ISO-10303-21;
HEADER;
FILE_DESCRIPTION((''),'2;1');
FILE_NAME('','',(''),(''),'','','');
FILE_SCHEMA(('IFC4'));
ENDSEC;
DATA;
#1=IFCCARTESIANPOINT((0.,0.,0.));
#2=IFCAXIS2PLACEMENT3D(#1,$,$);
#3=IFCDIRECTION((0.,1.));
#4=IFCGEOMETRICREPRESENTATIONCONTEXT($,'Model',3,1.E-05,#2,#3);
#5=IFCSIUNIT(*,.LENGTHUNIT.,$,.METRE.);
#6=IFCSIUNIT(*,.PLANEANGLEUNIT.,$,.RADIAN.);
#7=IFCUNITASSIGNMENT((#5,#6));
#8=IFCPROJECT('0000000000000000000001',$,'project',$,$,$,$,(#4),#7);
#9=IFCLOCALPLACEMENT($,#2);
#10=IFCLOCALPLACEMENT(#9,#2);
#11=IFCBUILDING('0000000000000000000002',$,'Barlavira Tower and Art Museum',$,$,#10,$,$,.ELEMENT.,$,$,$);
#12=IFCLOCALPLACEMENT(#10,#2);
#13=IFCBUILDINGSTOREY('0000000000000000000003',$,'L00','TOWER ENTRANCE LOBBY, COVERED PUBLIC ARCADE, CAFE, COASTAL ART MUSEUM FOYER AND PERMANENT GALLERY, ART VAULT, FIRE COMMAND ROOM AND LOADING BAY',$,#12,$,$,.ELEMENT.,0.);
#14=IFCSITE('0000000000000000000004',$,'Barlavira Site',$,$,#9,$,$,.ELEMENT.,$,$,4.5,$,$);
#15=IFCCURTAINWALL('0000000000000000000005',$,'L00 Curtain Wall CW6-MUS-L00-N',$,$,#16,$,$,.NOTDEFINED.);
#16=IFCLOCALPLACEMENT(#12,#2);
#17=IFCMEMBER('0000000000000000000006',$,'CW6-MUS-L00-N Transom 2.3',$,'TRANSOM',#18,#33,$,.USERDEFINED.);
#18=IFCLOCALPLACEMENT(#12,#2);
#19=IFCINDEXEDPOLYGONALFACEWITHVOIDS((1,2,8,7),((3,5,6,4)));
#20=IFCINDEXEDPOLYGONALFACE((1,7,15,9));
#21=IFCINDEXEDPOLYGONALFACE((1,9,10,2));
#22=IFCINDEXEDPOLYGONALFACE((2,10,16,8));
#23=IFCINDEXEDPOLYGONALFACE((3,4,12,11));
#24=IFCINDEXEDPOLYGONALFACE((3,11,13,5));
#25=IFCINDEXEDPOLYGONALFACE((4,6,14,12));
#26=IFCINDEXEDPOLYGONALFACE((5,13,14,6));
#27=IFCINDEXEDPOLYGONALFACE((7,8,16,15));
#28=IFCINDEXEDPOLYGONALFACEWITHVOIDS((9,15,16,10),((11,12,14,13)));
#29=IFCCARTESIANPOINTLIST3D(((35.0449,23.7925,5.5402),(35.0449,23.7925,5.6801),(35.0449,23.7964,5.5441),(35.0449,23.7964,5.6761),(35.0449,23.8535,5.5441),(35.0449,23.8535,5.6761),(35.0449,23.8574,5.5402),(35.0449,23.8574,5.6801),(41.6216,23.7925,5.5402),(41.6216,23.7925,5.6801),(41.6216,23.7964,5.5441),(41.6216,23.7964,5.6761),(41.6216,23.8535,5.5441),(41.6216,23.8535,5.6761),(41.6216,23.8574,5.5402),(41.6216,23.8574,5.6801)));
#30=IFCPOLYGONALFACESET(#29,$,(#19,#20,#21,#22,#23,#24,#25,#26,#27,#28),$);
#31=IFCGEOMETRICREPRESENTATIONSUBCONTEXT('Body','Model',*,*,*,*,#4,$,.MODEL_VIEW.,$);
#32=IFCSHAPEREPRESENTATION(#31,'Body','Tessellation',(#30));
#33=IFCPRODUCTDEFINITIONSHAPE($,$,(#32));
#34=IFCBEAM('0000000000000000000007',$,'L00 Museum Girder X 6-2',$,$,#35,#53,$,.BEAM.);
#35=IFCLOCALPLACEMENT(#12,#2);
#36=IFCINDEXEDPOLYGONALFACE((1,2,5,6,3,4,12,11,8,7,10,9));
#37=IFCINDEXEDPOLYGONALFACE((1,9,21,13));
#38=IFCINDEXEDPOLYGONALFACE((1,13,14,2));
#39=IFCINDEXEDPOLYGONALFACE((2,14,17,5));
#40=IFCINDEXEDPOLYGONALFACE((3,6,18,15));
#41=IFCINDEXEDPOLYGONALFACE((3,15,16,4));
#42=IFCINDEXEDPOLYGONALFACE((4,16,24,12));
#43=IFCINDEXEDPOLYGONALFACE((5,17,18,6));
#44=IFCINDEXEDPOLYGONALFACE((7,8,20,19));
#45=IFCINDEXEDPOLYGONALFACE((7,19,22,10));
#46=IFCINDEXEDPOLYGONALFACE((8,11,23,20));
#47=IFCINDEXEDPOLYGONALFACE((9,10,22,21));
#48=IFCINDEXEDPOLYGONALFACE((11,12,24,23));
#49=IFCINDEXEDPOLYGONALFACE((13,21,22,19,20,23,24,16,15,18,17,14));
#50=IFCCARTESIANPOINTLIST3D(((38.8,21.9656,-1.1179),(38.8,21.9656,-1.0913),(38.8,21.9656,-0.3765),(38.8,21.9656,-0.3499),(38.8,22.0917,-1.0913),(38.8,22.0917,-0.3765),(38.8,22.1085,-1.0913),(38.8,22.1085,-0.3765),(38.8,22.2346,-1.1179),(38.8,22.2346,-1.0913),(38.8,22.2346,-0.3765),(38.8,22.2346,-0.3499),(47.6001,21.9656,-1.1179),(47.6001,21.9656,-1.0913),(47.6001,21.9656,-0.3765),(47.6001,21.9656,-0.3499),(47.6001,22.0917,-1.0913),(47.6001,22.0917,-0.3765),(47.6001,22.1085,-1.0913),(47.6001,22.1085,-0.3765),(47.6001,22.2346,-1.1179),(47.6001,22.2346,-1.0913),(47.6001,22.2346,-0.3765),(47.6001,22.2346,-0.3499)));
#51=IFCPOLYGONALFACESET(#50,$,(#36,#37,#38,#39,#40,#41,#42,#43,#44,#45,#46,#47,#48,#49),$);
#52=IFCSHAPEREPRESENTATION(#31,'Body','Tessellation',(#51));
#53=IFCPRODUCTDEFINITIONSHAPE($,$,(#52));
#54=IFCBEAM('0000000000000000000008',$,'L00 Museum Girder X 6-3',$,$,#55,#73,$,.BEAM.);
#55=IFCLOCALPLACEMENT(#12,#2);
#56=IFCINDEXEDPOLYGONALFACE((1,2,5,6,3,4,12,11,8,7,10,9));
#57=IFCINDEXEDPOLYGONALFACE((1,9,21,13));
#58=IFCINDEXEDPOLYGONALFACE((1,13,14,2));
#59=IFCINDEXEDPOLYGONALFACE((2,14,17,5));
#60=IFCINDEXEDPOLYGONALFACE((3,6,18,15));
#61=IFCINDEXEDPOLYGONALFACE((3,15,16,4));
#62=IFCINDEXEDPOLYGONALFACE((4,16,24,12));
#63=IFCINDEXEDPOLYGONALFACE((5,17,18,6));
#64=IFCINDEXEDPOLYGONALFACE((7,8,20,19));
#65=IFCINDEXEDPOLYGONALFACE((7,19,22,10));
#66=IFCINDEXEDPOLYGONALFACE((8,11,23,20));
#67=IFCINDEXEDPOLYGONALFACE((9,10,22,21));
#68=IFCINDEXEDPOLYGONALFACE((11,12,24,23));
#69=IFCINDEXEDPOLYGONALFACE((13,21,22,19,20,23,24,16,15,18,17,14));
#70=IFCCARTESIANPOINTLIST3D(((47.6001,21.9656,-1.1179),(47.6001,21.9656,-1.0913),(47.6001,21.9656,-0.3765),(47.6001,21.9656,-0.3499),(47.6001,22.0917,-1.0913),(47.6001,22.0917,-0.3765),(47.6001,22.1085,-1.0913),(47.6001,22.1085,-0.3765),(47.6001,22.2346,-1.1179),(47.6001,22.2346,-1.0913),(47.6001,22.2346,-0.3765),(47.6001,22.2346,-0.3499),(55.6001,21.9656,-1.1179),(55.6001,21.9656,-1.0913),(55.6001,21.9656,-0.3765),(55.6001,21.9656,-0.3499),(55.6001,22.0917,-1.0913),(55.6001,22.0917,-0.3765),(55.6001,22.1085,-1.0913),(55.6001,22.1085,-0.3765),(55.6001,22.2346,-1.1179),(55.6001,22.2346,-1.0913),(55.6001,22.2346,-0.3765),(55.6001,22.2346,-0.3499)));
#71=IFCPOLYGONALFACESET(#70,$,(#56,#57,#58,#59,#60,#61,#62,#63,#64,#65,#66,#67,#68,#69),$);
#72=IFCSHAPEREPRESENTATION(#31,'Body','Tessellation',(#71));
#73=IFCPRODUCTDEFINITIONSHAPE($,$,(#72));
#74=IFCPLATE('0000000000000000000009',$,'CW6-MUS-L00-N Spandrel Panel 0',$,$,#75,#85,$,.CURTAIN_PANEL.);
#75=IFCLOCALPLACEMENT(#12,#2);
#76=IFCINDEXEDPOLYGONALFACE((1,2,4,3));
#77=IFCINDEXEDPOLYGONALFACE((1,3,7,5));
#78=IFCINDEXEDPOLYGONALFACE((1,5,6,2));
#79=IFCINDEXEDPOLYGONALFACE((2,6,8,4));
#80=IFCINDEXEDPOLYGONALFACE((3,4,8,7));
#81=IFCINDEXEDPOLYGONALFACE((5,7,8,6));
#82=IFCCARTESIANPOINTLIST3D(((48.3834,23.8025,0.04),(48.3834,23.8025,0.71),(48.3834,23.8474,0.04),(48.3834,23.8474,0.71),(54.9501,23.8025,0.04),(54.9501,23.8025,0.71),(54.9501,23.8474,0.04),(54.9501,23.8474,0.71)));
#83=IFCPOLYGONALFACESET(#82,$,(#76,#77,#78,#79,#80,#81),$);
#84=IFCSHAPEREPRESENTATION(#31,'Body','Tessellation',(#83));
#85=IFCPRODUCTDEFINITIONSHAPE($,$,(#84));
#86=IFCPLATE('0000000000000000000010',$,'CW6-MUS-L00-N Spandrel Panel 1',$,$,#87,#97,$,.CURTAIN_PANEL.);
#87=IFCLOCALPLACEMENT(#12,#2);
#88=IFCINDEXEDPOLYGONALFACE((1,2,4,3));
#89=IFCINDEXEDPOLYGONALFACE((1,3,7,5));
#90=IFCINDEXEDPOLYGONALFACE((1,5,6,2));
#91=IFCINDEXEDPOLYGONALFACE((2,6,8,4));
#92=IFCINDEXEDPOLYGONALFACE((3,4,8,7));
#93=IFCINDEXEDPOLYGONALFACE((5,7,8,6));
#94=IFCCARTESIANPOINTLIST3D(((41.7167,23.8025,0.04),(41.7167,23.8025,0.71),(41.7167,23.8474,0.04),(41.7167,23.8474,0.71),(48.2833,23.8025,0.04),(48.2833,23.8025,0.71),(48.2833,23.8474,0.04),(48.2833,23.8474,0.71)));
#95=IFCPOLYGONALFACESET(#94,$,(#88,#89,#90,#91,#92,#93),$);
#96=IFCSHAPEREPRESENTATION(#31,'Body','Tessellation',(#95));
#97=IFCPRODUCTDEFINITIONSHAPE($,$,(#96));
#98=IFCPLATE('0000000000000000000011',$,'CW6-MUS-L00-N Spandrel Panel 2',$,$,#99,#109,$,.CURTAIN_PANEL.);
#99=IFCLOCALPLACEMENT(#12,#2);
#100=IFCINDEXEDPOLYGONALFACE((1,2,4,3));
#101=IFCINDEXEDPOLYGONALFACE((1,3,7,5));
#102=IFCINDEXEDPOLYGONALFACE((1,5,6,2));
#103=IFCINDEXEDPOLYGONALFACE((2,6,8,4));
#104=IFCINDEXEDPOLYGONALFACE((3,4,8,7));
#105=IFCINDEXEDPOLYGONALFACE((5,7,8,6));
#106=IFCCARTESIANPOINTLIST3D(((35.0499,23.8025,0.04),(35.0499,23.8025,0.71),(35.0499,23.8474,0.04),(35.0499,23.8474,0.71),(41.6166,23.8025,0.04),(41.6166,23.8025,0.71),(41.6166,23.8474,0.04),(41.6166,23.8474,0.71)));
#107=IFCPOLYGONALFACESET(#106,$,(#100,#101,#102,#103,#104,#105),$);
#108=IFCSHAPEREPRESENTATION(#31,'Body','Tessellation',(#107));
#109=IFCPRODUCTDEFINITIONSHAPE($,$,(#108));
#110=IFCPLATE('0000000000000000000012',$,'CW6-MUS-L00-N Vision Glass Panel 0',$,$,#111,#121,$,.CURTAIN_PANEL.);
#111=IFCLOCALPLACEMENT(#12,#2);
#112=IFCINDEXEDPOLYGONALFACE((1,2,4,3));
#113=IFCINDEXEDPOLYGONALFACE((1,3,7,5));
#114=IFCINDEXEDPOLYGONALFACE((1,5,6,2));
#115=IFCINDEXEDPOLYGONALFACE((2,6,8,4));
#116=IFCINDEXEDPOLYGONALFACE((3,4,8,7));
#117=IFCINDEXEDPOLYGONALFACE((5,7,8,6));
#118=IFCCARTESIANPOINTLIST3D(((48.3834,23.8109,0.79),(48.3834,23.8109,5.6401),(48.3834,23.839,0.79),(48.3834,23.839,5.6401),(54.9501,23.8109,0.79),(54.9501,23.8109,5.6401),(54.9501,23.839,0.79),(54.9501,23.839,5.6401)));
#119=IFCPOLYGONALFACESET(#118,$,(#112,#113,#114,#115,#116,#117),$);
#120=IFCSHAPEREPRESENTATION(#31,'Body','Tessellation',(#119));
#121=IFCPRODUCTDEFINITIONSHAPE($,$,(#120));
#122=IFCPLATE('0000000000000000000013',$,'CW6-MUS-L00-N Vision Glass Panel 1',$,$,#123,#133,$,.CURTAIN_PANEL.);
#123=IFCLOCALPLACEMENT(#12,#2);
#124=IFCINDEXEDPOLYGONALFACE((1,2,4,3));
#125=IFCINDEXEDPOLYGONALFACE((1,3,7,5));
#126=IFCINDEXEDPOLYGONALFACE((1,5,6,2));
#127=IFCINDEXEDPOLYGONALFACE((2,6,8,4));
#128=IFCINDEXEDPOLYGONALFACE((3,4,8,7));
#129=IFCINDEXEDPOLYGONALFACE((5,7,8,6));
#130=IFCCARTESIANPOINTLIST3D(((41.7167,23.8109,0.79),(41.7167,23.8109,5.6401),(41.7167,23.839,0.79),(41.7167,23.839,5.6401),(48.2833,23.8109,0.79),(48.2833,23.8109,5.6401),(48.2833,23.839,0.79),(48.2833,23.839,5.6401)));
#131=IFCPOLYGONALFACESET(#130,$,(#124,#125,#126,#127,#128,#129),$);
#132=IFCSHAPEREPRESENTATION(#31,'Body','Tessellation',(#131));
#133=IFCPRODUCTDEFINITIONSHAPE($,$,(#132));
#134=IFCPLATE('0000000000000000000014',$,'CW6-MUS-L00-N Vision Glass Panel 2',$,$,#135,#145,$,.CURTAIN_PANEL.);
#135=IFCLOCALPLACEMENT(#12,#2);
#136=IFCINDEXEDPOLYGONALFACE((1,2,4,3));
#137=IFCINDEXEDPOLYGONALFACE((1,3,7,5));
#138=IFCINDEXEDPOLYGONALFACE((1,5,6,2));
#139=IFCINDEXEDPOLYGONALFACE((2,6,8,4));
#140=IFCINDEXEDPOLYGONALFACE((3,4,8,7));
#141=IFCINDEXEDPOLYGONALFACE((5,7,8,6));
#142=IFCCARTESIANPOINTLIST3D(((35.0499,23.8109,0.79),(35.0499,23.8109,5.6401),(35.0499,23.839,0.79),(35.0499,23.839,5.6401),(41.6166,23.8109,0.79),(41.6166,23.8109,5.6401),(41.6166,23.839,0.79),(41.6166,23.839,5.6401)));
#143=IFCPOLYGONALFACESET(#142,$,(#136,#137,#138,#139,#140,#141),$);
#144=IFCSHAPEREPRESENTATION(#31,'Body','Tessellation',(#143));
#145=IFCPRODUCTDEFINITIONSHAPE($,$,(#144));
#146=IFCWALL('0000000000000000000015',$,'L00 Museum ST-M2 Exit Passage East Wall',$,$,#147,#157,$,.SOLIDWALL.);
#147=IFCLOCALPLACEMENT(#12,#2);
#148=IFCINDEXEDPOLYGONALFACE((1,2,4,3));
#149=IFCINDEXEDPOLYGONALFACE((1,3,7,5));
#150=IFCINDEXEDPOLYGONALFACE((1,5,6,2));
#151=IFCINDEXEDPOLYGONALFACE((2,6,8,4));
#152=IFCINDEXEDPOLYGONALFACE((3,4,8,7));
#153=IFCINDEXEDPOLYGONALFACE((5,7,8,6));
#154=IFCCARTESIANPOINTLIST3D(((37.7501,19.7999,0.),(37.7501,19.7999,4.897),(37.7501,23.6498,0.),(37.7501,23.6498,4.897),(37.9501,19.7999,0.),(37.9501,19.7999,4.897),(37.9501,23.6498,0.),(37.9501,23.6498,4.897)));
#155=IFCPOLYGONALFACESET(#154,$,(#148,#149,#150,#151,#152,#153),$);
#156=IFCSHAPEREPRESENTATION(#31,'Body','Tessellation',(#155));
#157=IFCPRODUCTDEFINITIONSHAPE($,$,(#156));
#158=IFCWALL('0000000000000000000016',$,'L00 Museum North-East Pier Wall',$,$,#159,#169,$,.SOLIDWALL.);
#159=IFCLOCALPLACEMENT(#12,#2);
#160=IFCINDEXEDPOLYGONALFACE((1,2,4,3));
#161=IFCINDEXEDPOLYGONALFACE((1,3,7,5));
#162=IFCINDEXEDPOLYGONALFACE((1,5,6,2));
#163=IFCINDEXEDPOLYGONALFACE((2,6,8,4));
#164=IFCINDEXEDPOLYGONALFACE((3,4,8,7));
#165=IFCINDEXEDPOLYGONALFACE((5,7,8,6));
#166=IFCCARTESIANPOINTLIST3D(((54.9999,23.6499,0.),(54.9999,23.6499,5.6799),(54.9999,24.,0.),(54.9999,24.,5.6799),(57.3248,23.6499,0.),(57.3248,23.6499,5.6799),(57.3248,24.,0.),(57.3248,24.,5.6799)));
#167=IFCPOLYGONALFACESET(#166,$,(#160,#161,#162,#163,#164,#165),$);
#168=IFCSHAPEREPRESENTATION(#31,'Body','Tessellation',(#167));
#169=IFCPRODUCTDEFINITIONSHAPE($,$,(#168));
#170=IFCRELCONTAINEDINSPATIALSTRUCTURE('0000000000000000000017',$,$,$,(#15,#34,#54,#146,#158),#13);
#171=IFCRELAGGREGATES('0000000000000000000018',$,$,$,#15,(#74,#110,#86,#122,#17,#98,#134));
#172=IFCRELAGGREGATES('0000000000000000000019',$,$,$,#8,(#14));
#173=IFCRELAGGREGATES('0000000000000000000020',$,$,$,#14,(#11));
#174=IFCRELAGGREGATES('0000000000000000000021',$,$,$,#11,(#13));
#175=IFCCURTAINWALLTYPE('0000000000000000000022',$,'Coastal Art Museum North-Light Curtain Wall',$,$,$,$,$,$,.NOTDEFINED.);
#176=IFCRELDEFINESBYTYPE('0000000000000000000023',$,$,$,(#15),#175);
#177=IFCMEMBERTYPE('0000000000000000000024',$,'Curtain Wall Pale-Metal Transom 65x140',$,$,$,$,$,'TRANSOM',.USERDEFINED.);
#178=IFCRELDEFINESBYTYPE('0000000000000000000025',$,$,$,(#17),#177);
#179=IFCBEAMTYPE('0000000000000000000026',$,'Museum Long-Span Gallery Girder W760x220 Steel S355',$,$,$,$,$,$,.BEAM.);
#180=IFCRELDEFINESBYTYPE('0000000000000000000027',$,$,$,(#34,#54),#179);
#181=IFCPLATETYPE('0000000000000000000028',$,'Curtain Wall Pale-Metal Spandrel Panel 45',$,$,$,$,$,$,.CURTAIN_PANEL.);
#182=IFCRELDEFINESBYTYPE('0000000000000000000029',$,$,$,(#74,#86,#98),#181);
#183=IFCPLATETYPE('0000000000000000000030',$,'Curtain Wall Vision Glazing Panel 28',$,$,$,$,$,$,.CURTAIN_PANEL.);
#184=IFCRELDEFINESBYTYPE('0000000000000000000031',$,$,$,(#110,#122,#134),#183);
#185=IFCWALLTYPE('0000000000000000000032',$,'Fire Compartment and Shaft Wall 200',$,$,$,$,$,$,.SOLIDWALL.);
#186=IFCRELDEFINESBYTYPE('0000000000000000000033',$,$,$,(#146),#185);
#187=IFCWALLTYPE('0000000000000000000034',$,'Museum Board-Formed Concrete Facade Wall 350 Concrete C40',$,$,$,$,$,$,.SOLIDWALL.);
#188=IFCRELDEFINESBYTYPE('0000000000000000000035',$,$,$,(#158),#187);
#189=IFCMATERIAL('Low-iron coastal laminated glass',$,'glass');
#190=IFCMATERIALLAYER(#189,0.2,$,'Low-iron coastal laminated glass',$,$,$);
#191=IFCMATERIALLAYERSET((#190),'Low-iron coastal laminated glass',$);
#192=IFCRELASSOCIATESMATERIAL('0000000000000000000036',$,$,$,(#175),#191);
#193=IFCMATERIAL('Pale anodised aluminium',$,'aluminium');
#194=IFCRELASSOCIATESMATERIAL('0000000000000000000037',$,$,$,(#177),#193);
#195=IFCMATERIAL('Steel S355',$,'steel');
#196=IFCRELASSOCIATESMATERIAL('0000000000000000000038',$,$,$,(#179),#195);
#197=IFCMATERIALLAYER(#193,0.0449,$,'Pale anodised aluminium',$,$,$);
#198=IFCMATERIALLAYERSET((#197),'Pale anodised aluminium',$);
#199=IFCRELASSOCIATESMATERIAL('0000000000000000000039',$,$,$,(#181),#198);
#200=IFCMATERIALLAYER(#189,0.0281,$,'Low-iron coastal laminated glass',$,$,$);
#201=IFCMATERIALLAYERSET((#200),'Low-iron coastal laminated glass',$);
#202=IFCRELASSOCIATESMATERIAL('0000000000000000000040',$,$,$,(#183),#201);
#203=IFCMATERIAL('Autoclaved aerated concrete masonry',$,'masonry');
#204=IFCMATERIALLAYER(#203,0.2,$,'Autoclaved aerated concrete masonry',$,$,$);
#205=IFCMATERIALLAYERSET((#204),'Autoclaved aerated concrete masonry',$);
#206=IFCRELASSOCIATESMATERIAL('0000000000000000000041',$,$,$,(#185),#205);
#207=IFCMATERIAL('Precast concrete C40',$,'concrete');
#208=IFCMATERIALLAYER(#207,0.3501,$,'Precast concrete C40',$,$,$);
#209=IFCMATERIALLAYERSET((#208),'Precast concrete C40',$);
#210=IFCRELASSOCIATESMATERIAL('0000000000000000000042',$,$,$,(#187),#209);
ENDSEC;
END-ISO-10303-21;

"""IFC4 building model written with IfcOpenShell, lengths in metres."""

from ifc_helpers import new_model, si_unit, direction, frame, frame_2d, origin, origin_2d, place, context, subcontext, project, spatial, rectangle, hollow_rectangle, i_section, extrude, material, layer, layer_set, material_profile, profile_set, type_object, element, aggregate, save


model = new_model("IFC4")

# Units and contexts
model_context = context("Model", 3, precision=1e-05, world=origin(), true_north=direction((0.0, 1.0)))
body_context = subcontext(model_context, "Body", "Model", "MODEL_VIEW")
ifc_project = project(units=[si_unit("LENGTHUNIT", "METRE"), si_unit("PLANEANGLEUNIT", "RADIAN")], contexts=[model_context])

# Site, building, storey
site_placement = place(None, origin())
site = spatial("IfcSite", under=ifc_project, at=site_placement, Name="Barlavira Site", CompositionType="ELEMENT", RefElevation=4.5)
building_placement = place(site_placement, origin())
building = spatial("IfcBuilding", under=site, at=building_placement, Name="Barlavira Tower and Art Museum", CompositionType="ELEMENT")
storey_placement = place(building_placement, origin())
storey = spatial("IfcBuildingStorey", under=building, at=storey_placement, Name="L00", Description="TOWER ENTRANCE LOBBY, COVERED PUBLIC ARCADE, CAFE, COASTAL ART MUSEUM FOYER AND PERMANENT GALLERY, ART VAULT, FIRE COMMAND ROOM AND LOADING BAY", CompositionType="ELEMENT", Elevation=0.0)

# Shared definitions
ifc_material_1 = material(Name="Steel S355", Category="steel")

# Curtain wall, member
ifc_material_2 = material(Name="Low-iron coastal laminated glass", Category="glass")
ifc_layer_1 = layer(ifc_material_2, 0.2, Name="Low-iron coastal laminated glass")
ifc_layer_set_1 = layer_set([ifc_layer_1], Name="Low-iron coastal laminated glass")
curtain_wall_type = type_object("IfcCurtainWallType", Name="Coastal Art Museum North-Light Curtain Wall", PredefinedType="NOTDEFINED", material=ifc_layer_set_1)
curtain_wall_placement = place(storey_placement, origin())
curtain_wall = element("IfcCurtainWall", 1, at=curtain_wall_placement, inside=storey, type_object=curtain_wall_type, Name="L00 Curtain Wall CW6-MUS-L00-N", PredefinedType="NOTDEFINED")
ifc_material_3 = material(Name="Pale anodised aluminium", Category="aluminium")
ifc_material_profile_1 = material_profile(ifc_material_3, hollow_rectangle(XDim=0.0649, YDim=0.1399, WallThickness=0.0039, at=origin_2d()), Name="ALU-TRAN 65x140x4")
ifc_profile_set_1 = profile_set([ifc_material_profile_1], Name="Pale anodised aluminium")
member_type_1 = type_object("IfcMemberType", Name="Curtain Wall Pale-Metal Transom 65x140", ElementType="TRANSOM", PredefinedType="USERDEFINED", material=ifc_profile_set_1)
member_1_placement = place(storey_placement, frame((41.6216, 23.825, 5.6101), z_axis=(-1.0, 0.0, 0.0), x_axis=(0.0, -1.0, 0.0)))
member_1 = element("IfcMember", 2, at=member_1_placement, type_object=member_type_1, Name="CW6-MUS-L00-N Transom 2.3", ObjectType="TRANSOM", PredefinedType="USERDEFINED", context=body_context, shape_type="SweptSolid", body=[
    extrude(hollow_rectangle(XDim=0.0649, YDim=0.1399, WallThickness=0.0039, at=origin_2d()), origin(), (0.0, 0.0, 1.0), 6.5767),
])

# Beams
ifc_material_profile_2 = material_profile(ifc_material_1, i_section(OverallWidth=0.269, OverallDepth=0.7681, WebThickness=0.0168, FlangeThickness=0.0266, at=origin_2d()), Name="W760x220.0")
ifc_profile_set_2 = profile_set([ifc_material_profile_2], Name="Steel S355")
beam_type_1 = type_object("IfcBeamType", Name="Museum Long-Span Gallery Girder W760x220 Steel S355", PredefinedType="BEAM", material=ifc_profile_set_2)
beam_1_placement = place(storey_placement, frame((38.8, 22.1001, -0.7339), z_axis=(1.0, 0.0, 0.0), x_axis=(0.0, 1.0, 0.0)))
element("IfcBeam", 3, at=beam_1_placement, inside=storey, type_object=beam_type_1, Name="L00 Museum Girder X 6-2", PredefinedType="BEAM", context=body_context, shape_type="SweptSolid", body=[
    extrude(i_section(OverallWidth=0.269, OverallDepth=0.7681, WebThickness=0.0168, FlangeThickness=0.0266, at=origin_2d()), origin(), (0.0, 0.0, 1.0), 8.8),
])
beam_2_placement = place(storey_placement, frame((47.6001, 22.1001, -0.7339), z_axis=(1.0, 0.0, 0.0), x_axis=(0.0, 1.0, 0.0)))
element("IfcBeam", 4, at=beam_2_placement, inside=storey, type_object=beam_type_1, Name="L00 Museum Girder X 6-3", PredefinedType="BEAM", context=body_context, shape_type="SweptSolid", body=[
    extrude(i_section(OverallWidth=0.269, OverallDepth=0.7681, WebThickness=0.0168, FlangeThickness=0.0266, at=origin_2d()), origin(), (0.0, 0.0, 1.0), 8.0),
])

# Plates
ifc_layer_2 = layer(ifc_material_3, 0.0449, Name="Pale anodised aluminium")
ifc_layer_set_2 = layer_set([ifc_layer_2], Name="Pale anodised aluminium")
plate_type_1 = type_object("IfcPlateType", Name="Curtain Wall Pale-Metal Spandrel Panel 45", PredefinedType="CURTAIN_PANEL", material=ifc_layer_set_2)
plate_1_placement = place(storey_placement, frame((51.6667, 23.825, 0.04), z_axis=(0.0, 0.0, 1.0), x_axis=(-1.0, 0.0, 0.0)))
plate_1 = element("IfcPlate", 5, at=plate_1_placement, type_object=plate_type_1, Name="CW6-MUS-L00-N Spandrel Panel 0", PredefinedType="CURTAIN_PANEL", context=body_context, shape_type="SweptSolid", body=[
    extrude(rectangle(XDim=6.5667, YDim=0.0449, at=origin_2d()), origin(), (0.0, 0.0, 1.0), 0.6699),
])
plate_2_placement = place(storey_placement, frame((45.0, 23.825, 0.04), z_axis=(0.0, 0.0, 1.0), x_axis=(-1.0, 0.0, 0.0)))
plate_2 = element("IfcPlate", 6, at=plate_2_placement, type_object=plate_type_1, Name="CW6-MUS-L00-N Spandrel Panel 1", PredefinedType="CURTAIN_PANEL", context=body_context, shape_type="SweptSolid", body=[
    extrude(rectangle(XDim=6.5667, YDim=0.0449, at=origin_2d()), origin(), (0.0, 0.0, 1.0), 0.6699),
])
plate_3_placement = place(storey_placement, frame((38.3333, 23.825, 0.04), z_axis=(0.0, 0.0, 1.0), x_axis=(-1.0, 0.0, 0.0)))
plate_3 = element("IfcPlate", 7, at=plate_3_placement, type_object=plate_type_1, Name="CW6-MUS-L00-N Spandrel Panel 2", PredefinedType="CURTAIN_PANEL", context=body_context, shape_type="SweptSolid", body=[
    extrude(rectangle(XDim=6.5667, YDim=0.0449, at=origin_2d()), origin(), (0.0, 0.0, 1.0), 0.6699),
])
ifc_layer_3 = layer(ifc_material_2, 0.0281, Name="Low-iron coastal laminated glass")
ifc_layer_set_3 = layer_set([ifc_layer_3], Name="Low-iron coastal laminated glass")
plate_type_2 = type_object("IfcPlateType", Name="Curtain Wall Vision Glazing Panel 28", PredefinedType="CURTAIN_PANEL", material=ifc_layer_set_3)
plate_4_placement = place(storey_placement, frame((51.6667, 23.825, 0.79), z_axis=(0.0, 0.0, 1.0), x_axis=(-1.0, 0.0, 0.0)))
plate_4 = element("IfcPlate", 8, at=plate_4_placement, type_object=plate_type_2, Name="CW6-MUS-L00-N Vision Glass Panel 0", PredefinedType="CURTAIN_PANEL", context=body_context, shape_type="SweptSolid", body=[
    extrude(rectangle(XDim=6.5667, YDim=0.0281, at=origin_2d()), origin(), (0.0, 0.0, 1.0), 4.8501),
])
plate_5_placement = place(storey_placement, frame((45.0, 23.825, 0.79), z_axis=(0.0, 0.0, 1.0), x_axis=(-1.0, 0.0, 0.0)))
plate_5 = element("IfcPlate", 9, at=plate_5_placement, type_object=plate_type_2, Name="CW6-MUS-L00-N Vision Glass Panel 1", PredefinedType="CURTAIN_PANEL", context=body_context, shape_type="SweptSolid", body=[
    extrude(rectangle(XDim=6.5667, YDim=0.0281, at=origin_2d()), origin(), (0.0, 0.0, 1.0), 4.8501),
])
plate_6_placement = place(storey_placement, frame((38.3333, 23.825, 0.79), z_axis=(0.0, 0.0, 1.0), x_axis=(-1.0, 0.0, 0.0)))
plate_6 = element("IfcPlate", 10, at=plate_6_placement, type_object=plate_type_2, Name="CW6-MUS-L00-N Vision Glass Panel 2", PredefinedType="CURTAIN_PANEL", context=body_context, shape_type="SweptSolid", body=[
    extrude(rectangle(XDim=6.5667, YDim=0.0281, at=origin_2d()), origin(), (0.0, 0.0, 1.0), 4.8501),
])
aggregate(curtain_wall, [plate_1, plate_4, plate_2, plate_5, member_1, plate_3, plate_6])

# Walls
ifc_material_4 = material(Name="Autoclaved aerated concrete masonry", Category="masonry")
ifc_layer_4 = layer(ifc_material_4, 0.2, Name="Autoclaved aerated concrete masonry")
ifc_layer_set_4 = layer_set([ifc_layer_4], Name="Autoclaved aerated concrete masonry")
wall_type_1 = type_object("IfcWallType", Name="Fire Compartment and Shaft Wall 200", PredefinedType="SOLIDWALL", material=ifc_layer_set_4)
wall_1_placement = place(storey_placement, frame((37.8501, 19.8, 0.0), z_axis=(0.0, 0.0, 1.0), x_axis=(0.0, 1.0, 0.0)))
element("IfcWall", 11, at=wall_1_placement, inside=storey, type_object=wall_type_1, Name="L00 Museum ST-M2 Exit Passage East Wall", PredefinedType="SOLIDWALL", context=body_context, shape_type="SweptSolid", body=[
    extrude(rectangle(XDim=3.8499, YDim=0.2, at=frame_2d((1.9248, 0.0))), origin(), (0.0, 0.0, 1.0), 4.897),
])
ifc_material_5 = material(Name="Precast concrete C40", Category="concrete")
ifc_layer_5 = layer(ifc_material_5, 0.3501, Name="Precast concrete C40")
ifc_layer_set_5 = layer_set([ifc_layer_5], Name="Precast concrete C40")
wall_type_2 = type_object("IfcWallType", Name="Museum Board-Formed Concrete Facade Wall 350 Concrete C40", PredefinedType="SOLIDWALL", material=ifc_layer_set_5)
wall_2_placement = place(storey_placement, frame((57.325, 23.825, 0.0), z_axis=(0.0, 0.0, 1.0), x_axis=(-1.0, 0.0, 0.0)))
element("IfcWall", 12, at=wall_2_placement, inside=storey, type_object=wall_type_2, Name="L00 Museum North-East Pier Wall", PredefinedType="SOLIDWALL", context=body_context, shape_type="SweptSolid", body=[
    extrude(rectangle(XDim=2.325, YDim=0.3501, at=frame_2d((1.1626, 0.0))), origin(), (0.0, 0.0, 1.0), 5.6799),
])

save(model, "model.ifc")
